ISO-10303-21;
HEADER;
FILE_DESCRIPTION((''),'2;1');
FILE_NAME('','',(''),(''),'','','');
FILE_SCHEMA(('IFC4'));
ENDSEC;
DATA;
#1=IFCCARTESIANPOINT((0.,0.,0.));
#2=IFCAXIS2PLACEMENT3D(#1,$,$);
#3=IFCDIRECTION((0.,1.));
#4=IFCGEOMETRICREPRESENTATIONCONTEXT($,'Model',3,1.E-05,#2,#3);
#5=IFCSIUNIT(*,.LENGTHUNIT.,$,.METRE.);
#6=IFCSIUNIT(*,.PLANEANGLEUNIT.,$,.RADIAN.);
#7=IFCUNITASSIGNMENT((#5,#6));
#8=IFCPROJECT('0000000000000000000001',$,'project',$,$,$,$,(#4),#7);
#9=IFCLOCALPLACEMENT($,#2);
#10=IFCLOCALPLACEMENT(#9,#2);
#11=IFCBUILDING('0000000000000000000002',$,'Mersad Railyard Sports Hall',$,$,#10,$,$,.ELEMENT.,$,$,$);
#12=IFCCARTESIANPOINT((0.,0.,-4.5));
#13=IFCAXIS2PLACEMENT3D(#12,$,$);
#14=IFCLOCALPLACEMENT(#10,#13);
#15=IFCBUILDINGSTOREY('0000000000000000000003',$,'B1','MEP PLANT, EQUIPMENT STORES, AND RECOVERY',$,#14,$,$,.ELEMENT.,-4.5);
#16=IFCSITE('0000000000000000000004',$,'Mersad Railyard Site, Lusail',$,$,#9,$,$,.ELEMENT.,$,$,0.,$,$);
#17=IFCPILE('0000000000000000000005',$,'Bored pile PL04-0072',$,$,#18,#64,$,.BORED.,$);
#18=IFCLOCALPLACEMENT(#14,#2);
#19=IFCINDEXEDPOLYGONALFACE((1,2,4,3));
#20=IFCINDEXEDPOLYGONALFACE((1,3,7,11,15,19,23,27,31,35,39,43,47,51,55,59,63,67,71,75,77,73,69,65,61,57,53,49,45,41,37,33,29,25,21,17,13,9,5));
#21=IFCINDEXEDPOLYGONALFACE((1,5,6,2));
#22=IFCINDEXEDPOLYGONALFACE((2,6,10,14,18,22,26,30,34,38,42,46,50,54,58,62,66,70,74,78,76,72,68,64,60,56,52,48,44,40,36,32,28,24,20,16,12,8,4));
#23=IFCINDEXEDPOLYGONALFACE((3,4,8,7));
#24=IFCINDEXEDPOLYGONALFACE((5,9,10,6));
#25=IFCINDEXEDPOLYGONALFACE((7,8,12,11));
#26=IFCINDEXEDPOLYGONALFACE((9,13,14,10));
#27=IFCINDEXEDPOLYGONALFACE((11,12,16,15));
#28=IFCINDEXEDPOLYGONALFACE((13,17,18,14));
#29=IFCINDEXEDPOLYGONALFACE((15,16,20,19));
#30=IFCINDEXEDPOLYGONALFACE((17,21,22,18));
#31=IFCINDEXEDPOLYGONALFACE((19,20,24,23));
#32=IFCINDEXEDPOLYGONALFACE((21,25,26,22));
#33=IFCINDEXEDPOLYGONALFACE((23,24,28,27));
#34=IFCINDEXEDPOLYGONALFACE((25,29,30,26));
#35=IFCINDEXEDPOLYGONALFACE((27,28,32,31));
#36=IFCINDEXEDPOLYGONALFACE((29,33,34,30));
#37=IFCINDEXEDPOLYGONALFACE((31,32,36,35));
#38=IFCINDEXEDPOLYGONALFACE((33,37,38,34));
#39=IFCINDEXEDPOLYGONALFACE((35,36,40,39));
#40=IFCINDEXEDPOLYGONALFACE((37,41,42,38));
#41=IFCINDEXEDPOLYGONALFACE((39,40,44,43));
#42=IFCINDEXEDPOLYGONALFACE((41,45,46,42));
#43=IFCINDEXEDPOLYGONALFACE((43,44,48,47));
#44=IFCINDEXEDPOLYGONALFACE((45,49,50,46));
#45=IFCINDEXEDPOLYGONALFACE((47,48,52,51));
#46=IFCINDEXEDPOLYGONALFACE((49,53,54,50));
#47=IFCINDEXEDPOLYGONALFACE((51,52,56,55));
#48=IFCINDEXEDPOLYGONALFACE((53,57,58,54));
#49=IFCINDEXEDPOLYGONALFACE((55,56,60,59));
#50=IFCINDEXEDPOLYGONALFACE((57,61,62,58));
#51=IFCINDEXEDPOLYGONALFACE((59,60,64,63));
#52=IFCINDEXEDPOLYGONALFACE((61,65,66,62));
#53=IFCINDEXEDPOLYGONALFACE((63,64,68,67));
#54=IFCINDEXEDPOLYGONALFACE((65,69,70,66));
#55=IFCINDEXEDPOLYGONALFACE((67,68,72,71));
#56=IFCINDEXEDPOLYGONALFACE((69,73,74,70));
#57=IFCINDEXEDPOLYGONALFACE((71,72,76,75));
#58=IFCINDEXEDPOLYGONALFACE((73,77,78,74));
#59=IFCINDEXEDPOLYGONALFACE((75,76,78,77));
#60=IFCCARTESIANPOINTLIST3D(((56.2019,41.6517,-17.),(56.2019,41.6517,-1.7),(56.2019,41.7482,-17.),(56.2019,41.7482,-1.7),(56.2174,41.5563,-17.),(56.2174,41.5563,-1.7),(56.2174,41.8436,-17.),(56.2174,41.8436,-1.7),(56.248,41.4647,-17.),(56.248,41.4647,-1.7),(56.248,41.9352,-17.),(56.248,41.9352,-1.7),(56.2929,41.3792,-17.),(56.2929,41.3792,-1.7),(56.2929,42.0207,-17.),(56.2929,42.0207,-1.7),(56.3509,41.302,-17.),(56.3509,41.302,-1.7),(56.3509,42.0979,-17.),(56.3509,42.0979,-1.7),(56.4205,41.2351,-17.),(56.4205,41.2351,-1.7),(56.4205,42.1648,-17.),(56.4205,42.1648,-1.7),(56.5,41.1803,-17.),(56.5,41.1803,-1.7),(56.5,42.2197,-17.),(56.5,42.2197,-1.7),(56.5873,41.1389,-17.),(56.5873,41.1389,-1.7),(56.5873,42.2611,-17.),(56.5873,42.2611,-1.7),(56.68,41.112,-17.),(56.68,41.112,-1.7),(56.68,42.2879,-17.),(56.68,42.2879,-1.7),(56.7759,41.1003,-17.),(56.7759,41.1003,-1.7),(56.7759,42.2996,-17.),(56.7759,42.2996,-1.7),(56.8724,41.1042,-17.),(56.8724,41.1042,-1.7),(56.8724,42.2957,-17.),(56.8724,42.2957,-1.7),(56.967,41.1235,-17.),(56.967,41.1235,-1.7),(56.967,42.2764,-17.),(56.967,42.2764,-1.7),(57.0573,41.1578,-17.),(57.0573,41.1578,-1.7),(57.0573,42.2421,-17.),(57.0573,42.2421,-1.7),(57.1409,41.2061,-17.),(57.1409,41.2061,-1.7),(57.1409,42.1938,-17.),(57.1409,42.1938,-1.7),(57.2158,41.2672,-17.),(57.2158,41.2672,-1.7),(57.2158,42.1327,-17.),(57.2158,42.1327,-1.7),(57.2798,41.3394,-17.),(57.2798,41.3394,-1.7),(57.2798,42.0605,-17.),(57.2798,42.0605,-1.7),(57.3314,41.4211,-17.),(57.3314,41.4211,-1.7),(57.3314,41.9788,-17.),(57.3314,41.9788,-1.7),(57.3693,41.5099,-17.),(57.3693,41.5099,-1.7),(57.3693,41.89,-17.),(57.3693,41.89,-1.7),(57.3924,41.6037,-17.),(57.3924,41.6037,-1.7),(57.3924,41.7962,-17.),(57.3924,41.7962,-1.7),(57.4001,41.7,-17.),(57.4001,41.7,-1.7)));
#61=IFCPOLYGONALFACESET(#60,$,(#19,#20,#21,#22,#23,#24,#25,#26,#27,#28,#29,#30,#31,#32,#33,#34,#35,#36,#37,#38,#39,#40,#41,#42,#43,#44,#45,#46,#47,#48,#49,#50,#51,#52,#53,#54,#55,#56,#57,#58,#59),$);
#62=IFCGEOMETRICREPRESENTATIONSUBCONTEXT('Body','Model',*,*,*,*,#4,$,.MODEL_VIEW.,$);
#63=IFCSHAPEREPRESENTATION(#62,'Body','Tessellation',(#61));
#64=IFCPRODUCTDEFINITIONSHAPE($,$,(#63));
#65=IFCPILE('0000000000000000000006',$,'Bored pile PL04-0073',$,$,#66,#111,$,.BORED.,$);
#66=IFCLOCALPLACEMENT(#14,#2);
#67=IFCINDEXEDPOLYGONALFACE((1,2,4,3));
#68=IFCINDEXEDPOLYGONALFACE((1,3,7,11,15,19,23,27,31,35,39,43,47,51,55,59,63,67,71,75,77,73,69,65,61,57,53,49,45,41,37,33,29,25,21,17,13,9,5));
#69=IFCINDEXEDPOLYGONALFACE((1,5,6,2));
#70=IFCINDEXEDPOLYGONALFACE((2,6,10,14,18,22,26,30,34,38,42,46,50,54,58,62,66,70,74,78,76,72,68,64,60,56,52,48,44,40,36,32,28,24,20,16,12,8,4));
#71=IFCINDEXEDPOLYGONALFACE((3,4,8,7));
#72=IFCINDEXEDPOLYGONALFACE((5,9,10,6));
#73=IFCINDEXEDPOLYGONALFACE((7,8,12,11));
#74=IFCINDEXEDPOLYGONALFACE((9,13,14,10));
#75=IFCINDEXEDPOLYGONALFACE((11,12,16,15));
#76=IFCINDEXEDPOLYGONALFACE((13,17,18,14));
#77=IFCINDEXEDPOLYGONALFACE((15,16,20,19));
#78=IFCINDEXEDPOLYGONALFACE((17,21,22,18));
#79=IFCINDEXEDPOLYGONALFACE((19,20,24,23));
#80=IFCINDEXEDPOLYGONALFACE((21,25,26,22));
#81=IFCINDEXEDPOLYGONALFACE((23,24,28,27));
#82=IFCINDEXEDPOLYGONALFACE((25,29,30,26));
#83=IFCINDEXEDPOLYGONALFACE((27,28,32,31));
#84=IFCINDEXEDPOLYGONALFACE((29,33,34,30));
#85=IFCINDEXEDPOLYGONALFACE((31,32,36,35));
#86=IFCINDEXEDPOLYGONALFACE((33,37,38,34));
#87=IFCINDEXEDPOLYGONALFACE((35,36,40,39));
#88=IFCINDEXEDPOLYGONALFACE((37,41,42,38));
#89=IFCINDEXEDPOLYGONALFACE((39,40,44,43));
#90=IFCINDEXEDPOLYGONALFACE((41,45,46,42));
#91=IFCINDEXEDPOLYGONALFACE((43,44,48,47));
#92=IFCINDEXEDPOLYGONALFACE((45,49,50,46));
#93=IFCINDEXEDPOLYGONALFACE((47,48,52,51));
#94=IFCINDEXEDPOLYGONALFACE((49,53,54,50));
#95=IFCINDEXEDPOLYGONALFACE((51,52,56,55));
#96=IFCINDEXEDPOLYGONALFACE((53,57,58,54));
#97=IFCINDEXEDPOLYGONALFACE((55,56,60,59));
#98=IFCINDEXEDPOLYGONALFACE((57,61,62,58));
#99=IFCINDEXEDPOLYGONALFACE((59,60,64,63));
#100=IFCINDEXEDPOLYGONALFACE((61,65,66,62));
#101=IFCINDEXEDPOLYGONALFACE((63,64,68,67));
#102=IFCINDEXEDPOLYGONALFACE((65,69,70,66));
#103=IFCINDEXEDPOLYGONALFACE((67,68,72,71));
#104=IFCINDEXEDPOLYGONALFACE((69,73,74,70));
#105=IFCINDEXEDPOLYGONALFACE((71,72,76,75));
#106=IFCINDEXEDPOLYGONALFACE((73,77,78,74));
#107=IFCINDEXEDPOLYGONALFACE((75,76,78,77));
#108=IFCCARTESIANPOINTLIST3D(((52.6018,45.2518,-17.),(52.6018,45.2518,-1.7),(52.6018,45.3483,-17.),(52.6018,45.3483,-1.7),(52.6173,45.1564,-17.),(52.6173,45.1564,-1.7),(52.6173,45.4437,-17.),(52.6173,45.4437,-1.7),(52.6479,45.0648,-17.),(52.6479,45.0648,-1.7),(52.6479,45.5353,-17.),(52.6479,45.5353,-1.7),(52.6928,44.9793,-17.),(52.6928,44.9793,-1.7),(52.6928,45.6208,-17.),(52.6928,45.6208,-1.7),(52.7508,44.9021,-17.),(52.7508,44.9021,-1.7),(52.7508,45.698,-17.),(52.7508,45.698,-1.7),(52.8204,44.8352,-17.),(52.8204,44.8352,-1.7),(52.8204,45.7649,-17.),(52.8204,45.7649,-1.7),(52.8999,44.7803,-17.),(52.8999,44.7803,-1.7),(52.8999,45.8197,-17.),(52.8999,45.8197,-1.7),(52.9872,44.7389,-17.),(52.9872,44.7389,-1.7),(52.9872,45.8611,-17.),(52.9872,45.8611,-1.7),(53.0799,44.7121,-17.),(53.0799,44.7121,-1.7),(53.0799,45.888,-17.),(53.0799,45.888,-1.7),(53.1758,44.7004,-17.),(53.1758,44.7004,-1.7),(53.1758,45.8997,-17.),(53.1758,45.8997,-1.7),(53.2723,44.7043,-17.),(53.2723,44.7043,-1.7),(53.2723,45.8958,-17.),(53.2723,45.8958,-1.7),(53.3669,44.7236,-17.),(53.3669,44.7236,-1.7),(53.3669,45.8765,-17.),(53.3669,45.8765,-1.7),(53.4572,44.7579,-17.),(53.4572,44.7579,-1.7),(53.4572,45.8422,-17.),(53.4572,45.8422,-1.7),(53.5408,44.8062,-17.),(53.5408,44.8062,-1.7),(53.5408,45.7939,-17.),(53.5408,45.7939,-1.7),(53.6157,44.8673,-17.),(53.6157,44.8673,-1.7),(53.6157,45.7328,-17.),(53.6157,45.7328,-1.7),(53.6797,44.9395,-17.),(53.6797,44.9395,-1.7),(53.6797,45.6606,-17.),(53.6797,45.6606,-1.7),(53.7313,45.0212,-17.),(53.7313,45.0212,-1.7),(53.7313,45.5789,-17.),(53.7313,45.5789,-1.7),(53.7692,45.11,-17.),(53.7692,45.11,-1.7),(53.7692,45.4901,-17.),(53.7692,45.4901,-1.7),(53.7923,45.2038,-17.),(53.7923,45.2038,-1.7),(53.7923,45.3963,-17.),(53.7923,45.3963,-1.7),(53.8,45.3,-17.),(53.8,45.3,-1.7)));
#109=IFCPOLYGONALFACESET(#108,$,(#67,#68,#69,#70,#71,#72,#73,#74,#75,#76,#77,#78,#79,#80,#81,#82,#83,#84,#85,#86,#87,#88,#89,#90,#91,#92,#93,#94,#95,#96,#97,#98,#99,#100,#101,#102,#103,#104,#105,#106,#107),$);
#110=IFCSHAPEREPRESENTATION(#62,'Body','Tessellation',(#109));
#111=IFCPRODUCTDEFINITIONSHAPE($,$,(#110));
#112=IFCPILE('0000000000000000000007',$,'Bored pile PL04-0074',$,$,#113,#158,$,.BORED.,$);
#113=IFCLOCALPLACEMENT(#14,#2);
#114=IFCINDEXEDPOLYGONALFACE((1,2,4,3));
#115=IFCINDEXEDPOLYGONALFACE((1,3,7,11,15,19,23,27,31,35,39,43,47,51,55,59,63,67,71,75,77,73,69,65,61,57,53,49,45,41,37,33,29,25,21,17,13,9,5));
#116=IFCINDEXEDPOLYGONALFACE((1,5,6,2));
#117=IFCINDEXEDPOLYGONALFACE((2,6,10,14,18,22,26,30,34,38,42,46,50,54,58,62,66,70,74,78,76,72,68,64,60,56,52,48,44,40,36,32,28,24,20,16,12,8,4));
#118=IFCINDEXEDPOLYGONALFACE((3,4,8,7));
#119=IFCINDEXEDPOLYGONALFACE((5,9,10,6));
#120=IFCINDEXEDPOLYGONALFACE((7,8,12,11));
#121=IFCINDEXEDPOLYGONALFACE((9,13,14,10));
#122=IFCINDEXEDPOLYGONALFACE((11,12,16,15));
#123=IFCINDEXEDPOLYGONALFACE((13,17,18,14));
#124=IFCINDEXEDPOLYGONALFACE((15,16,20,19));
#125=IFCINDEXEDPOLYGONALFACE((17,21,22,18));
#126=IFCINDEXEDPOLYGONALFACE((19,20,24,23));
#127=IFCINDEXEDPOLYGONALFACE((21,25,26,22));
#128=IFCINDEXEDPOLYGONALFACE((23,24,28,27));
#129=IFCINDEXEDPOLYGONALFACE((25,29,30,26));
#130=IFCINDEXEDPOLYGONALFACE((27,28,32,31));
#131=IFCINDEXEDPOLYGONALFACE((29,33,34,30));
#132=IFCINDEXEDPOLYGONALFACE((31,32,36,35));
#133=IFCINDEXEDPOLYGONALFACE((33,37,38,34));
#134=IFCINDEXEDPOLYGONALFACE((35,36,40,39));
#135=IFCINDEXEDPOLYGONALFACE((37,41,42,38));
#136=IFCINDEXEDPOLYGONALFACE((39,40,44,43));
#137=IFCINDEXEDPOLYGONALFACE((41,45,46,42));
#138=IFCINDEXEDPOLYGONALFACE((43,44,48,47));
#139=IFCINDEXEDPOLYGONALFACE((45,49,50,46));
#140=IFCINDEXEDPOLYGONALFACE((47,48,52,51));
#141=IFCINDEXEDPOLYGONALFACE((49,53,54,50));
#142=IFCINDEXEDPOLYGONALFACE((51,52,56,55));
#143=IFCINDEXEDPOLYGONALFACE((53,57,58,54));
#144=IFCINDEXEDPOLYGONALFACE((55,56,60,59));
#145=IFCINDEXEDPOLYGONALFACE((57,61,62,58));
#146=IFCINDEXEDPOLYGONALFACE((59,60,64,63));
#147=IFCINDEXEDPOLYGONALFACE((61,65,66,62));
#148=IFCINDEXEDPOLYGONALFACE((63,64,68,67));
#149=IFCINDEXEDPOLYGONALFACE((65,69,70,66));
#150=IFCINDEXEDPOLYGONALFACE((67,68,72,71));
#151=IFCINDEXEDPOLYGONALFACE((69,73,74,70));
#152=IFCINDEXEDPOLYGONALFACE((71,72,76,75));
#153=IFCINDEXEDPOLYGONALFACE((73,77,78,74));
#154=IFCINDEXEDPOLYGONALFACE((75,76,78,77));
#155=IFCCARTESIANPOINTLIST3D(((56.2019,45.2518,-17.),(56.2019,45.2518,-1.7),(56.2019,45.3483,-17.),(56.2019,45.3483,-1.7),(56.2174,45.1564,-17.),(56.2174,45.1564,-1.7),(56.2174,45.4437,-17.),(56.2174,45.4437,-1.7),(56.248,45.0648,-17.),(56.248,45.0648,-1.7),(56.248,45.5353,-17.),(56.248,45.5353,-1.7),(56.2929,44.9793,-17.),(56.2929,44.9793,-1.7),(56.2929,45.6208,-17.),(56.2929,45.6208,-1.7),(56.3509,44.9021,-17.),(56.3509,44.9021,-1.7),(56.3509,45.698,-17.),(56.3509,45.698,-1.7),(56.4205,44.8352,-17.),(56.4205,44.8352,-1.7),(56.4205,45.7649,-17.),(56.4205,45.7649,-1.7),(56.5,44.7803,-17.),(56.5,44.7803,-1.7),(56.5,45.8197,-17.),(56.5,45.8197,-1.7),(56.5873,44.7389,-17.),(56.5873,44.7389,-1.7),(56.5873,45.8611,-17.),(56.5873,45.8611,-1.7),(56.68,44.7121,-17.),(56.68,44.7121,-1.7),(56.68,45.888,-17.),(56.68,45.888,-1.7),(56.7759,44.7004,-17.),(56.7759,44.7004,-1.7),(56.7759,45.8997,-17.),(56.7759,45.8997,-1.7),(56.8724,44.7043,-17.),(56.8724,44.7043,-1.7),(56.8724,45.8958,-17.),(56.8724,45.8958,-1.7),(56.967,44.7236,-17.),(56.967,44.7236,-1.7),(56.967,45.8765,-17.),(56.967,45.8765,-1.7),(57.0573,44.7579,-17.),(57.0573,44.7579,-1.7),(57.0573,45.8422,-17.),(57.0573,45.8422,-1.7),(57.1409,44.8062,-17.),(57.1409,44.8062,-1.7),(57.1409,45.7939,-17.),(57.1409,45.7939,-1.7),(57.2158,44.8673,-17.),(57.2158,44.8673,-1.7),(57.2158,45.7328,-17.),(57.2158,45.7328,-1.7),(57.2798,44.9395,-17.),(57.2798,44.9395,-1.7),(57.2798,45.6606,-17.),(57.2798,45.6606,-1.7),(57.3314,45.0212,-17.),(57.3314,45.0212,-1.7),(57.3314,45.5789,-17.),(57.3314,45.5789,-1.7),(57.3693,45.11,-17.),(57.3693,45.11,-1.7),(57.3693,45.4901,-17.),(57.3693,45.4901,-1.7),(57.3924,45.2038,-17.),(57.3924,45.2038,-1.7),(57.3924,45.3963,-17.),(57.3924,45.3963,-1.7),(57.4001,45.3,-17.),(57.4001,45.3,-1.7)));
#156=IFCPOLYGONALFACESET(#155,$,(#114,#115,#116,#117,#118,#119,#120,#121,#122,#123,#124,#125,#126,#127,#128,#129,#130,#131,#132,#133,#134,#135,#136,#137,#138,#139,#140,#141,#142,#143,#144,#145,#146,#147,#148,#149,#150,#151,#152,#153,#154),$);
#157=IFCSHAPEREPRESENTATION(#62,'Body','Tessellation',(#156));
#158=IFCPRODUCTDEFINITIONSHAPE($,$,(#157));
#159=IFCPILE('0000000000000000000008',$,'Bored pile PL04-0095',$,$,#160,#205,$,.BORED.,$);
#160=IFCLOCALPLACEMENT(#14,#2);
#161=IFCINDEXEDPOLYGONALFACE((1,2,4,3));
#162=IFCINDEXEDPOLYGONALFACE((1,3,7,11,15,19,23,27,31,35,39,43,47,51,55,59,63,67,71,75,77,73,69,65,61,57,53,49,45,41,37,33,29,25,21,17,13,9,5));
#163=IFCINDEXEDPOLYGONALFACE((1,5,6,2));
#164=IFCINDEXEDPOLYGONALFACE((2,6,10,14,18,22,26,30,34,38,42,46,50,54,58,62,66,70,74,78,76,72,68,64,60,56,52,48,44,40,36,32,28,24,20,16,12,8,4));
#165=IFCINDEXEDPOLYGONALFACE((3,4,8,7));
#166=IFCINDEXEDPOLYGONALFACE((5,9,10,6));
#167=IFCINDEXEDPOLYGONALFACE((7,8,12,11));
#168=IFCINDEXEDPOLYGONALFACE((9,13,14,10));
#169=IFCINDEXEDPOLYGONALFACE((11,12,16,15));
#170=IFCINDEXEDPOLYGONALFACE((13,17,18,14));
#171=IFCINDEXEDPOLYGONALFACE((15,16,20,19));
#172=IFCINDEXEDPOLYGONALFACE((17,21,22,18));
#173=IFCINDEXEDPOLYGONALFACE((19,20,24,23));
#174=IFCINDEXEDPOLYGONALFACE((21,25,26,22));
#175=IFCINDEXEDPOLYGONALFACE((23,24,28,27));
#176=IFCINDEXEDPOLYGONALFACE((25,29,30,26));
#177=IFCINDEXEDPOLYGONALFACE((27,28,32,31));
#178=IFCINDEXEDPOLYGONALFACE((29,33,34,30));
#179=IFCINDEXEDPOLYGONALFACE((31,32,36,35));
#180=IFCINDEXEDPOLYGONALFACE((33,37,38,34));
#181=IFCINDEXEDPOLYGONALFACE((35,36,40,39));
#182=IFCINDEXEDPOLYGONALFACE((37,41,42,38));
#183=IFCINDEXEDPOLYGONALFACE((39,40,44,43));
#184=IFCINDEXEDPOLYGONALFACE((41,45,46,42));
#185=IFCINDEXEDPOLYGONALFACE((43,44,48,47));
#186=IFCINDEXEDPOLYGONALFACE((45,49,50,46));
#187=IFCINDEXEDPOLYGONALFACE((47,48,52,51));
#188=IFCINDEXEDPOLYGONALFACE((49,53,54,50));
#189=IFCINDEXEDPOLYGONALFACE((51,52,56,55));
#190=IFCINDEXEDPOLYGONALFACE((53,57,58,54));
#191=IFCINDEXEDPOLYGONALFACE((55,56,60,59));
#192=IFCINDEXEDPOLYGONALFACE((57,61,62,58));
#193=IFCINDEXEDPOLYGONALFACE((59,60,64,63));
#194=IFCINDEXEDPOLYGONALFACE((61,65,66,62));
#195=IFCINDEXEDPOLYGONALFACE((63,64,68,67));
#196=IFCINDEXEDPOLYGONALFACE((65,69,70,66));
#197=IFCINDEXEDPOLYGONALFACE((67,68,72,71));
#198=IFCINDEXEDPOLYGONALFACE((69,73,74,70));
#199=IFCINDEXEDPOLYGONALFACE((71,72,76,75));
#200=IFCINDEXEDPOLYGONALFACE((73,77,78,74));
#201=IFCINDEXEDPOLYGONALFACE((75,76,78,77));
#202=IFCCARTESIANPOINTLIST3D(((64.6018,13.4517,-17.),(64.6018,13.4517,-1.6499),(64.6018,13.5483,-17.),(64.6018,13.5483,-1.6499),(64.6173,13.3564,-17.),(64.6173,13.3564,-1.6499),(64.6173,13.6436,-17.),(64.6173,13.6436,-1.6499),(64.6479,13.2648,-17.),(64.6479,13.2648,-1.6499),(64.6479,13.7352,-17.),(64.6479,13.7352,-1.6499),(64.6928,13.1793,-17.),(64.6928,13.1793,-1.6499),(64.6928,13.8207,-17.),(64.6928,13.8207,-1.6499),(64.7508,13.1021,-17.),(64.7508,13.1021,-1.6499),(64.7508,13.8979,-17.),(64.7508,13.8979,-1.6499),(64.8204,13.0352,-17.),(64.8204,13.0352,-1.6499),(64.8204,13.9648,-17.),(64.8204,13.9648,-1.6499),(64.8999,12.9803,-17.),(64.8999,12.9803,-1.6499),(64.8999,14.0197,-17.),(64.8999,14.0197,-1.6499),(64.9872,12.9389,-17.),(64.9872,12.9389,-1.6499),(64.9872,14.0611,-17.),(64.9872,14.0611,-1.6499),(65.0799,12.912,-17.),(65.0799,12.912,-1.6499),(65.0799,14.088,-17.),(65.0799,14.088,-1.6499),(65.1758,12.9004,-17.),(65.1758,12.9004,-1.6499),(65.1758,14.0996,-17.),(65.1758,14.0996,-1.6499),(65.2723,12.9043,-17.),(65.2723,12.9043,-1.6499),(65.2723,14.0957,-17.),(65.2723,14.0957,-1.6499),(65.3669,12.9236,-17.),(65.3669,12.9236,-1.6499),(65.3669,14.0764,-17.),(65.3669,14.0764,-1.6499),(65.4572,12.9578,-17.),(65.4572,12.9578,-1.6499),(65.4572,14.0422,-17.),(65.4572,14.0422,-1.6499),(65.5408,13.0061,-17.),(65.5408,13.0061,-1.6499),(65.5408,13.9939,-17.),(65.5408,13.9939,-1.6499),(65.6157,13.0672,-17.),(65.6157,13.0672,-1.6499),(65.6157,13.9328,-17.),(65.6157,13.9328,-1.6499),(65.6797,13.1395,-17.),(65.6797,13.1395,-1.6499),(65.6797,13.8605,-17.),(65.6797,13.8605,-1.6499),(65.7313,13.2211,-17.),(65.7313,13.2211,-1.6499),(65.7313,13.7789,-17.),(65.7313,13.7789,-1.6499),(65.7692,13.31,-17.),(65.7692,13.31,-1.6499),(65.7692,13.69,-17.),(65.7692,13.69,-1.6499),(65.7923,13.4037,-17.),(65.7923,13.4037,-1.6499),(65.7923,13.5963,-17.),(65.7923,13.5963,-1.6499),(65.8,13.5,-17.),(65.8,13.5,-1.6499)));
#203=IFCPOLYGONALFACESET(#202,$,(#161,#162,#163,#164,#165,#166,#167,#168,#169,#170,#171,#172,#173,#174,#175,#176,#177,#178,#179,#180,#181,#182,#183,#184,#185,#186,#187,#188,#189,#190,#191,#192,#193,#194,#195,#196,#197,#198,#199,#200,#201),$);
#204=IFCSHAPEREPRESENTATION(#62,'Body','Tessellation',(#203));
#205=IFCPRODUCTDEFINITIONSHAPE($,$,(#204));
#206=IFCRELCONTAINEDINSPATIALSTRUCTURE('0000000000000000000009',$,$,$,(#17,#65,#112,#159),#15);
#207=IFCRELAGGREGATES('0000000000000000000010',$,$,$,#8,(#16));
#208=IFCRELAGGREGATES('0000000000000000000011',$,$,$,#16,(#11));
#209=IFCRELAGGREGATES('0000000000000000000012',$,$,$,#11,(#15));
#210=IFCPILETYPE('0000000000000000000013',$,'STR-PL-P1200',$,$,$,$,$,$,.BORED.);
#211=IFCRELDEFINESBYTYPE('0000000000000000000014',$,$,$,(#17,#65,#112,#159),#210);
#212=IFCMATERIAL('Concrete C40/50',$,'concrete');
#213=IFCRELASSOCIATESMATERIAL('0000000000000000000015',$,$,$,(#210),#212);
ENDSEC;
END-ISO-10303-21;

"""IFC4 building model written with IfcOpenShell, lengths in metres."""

from ifc_helpers import new_model, si_unit, direction, frame, origin, origin_2d, place, context, subcontext, project, spatial, circle, extrude, material, material_profile, profile_set, type_object, element, save


model = new_model("IFC4")

# Units and contexts
model_context = context("Model", 3, precision=1e-05, world=origin(), true_north=direction((0.0, 1.0)))
body_context = subcontext(model_context, "Body", "Model", "MODEL_VIEW")
ifc_project = project(units=[si_unit("LENGTHUNIT", "METRE"), si_unit("PLANEANGLEUNIT", "RADIAN")], contexts=[model_context])

# Site, building, storey
site_placement = place(None, origin())
site = spatial("IfcSite", under=ifc_project, at=site_placement, Name="Mersad Railyard Site, Lusail", CompositionType="ELEMENT", RefElevation=0.0)
building_placement = place(site_placement, origin())
building = spatial("IfcBuilding", under=site, at=building_placement, Name="Mersad Railyard Sports Hall", CompositionType="ELEMENT")
storey_placement = place(building_placement, frame((0.0, 0.0, -4.5)))
storey = spatial("IfcBuildingStorey", under=building, at=storey_placement, Name="B1", Description="MEP PLANT, EQUIPMENT STORES, AND RECOVERY", CompositionType="ELEMENT", Elevation=-4.5)

# Shared definitions
ifc_material_1 = material(Name="Concrete C40/50", Category="concrete")

# Piles
ifc_material_profile_1 = material_profile(ifc_material_1, circle(Radius=0.6001, at=origin_2d()), Name="BORED PILE D1200")
ifc_profile_set_1 = profile_set([ifc_material_profile_1], Name="Concrete C40/50")
pile_type_1 = type_object("IfcPileType", Name="STR-PL-P1200", PredefinedType="BORED", material=ifc_profile_set_1)
for number, where, z_axis, x_axis, name in (
    (1, (56.8, 41.7, -1.7), (0.0, 0.0, -1.0), (1.0, 0.0, 0.0), "Bored pile PL04-0072"),
    (2, (53.2, 45.3, -1.7), (0.0, 0.0, -1.0), (1.0, 0.0, 0.0), "Bored pile PL04-0073"),
    (3, (56.8, 45.3, -1.7), (0.0, 0.0, -1.0), (1.0, 0.0, 0.0), "Bored pile PL04-0074"),
):
    element("IfcPile", number, at=place(storey_placement, frame(where, z_axis=z_axis, x_axis=x_axis)), inside=storey, type_object=pile_type_1, Name=name, PredefinedType="BORED", context=body_context, shape_type="SweptSolid", body=[
        extrude(circle(Radius=0.6001, at=origin_2d()), origin(), (0.0, 0.0, 1.0), 15.3),
    ])
pile_1_placement = place(storey_placement, frame((65.2, 13.5, -1.6499), z_axis=(0.0, 0.0, -1.0), x_axis=(1.0, 0.0, 0.0)))
element("IfcPile", 4, at=pile_1_placement, inside=storey, type_object=pile_type_1, Name="Bored pile PL04-0095", PredefinedType="BORED", context=body_context, shape_type="SweptSolid", body=[
    extrude(circle(Radius=0.6001, at=origin_2d()), origin(), (0.0, 0.0, 1.0), 15.3501),
])

save(model, "model.ifc")
